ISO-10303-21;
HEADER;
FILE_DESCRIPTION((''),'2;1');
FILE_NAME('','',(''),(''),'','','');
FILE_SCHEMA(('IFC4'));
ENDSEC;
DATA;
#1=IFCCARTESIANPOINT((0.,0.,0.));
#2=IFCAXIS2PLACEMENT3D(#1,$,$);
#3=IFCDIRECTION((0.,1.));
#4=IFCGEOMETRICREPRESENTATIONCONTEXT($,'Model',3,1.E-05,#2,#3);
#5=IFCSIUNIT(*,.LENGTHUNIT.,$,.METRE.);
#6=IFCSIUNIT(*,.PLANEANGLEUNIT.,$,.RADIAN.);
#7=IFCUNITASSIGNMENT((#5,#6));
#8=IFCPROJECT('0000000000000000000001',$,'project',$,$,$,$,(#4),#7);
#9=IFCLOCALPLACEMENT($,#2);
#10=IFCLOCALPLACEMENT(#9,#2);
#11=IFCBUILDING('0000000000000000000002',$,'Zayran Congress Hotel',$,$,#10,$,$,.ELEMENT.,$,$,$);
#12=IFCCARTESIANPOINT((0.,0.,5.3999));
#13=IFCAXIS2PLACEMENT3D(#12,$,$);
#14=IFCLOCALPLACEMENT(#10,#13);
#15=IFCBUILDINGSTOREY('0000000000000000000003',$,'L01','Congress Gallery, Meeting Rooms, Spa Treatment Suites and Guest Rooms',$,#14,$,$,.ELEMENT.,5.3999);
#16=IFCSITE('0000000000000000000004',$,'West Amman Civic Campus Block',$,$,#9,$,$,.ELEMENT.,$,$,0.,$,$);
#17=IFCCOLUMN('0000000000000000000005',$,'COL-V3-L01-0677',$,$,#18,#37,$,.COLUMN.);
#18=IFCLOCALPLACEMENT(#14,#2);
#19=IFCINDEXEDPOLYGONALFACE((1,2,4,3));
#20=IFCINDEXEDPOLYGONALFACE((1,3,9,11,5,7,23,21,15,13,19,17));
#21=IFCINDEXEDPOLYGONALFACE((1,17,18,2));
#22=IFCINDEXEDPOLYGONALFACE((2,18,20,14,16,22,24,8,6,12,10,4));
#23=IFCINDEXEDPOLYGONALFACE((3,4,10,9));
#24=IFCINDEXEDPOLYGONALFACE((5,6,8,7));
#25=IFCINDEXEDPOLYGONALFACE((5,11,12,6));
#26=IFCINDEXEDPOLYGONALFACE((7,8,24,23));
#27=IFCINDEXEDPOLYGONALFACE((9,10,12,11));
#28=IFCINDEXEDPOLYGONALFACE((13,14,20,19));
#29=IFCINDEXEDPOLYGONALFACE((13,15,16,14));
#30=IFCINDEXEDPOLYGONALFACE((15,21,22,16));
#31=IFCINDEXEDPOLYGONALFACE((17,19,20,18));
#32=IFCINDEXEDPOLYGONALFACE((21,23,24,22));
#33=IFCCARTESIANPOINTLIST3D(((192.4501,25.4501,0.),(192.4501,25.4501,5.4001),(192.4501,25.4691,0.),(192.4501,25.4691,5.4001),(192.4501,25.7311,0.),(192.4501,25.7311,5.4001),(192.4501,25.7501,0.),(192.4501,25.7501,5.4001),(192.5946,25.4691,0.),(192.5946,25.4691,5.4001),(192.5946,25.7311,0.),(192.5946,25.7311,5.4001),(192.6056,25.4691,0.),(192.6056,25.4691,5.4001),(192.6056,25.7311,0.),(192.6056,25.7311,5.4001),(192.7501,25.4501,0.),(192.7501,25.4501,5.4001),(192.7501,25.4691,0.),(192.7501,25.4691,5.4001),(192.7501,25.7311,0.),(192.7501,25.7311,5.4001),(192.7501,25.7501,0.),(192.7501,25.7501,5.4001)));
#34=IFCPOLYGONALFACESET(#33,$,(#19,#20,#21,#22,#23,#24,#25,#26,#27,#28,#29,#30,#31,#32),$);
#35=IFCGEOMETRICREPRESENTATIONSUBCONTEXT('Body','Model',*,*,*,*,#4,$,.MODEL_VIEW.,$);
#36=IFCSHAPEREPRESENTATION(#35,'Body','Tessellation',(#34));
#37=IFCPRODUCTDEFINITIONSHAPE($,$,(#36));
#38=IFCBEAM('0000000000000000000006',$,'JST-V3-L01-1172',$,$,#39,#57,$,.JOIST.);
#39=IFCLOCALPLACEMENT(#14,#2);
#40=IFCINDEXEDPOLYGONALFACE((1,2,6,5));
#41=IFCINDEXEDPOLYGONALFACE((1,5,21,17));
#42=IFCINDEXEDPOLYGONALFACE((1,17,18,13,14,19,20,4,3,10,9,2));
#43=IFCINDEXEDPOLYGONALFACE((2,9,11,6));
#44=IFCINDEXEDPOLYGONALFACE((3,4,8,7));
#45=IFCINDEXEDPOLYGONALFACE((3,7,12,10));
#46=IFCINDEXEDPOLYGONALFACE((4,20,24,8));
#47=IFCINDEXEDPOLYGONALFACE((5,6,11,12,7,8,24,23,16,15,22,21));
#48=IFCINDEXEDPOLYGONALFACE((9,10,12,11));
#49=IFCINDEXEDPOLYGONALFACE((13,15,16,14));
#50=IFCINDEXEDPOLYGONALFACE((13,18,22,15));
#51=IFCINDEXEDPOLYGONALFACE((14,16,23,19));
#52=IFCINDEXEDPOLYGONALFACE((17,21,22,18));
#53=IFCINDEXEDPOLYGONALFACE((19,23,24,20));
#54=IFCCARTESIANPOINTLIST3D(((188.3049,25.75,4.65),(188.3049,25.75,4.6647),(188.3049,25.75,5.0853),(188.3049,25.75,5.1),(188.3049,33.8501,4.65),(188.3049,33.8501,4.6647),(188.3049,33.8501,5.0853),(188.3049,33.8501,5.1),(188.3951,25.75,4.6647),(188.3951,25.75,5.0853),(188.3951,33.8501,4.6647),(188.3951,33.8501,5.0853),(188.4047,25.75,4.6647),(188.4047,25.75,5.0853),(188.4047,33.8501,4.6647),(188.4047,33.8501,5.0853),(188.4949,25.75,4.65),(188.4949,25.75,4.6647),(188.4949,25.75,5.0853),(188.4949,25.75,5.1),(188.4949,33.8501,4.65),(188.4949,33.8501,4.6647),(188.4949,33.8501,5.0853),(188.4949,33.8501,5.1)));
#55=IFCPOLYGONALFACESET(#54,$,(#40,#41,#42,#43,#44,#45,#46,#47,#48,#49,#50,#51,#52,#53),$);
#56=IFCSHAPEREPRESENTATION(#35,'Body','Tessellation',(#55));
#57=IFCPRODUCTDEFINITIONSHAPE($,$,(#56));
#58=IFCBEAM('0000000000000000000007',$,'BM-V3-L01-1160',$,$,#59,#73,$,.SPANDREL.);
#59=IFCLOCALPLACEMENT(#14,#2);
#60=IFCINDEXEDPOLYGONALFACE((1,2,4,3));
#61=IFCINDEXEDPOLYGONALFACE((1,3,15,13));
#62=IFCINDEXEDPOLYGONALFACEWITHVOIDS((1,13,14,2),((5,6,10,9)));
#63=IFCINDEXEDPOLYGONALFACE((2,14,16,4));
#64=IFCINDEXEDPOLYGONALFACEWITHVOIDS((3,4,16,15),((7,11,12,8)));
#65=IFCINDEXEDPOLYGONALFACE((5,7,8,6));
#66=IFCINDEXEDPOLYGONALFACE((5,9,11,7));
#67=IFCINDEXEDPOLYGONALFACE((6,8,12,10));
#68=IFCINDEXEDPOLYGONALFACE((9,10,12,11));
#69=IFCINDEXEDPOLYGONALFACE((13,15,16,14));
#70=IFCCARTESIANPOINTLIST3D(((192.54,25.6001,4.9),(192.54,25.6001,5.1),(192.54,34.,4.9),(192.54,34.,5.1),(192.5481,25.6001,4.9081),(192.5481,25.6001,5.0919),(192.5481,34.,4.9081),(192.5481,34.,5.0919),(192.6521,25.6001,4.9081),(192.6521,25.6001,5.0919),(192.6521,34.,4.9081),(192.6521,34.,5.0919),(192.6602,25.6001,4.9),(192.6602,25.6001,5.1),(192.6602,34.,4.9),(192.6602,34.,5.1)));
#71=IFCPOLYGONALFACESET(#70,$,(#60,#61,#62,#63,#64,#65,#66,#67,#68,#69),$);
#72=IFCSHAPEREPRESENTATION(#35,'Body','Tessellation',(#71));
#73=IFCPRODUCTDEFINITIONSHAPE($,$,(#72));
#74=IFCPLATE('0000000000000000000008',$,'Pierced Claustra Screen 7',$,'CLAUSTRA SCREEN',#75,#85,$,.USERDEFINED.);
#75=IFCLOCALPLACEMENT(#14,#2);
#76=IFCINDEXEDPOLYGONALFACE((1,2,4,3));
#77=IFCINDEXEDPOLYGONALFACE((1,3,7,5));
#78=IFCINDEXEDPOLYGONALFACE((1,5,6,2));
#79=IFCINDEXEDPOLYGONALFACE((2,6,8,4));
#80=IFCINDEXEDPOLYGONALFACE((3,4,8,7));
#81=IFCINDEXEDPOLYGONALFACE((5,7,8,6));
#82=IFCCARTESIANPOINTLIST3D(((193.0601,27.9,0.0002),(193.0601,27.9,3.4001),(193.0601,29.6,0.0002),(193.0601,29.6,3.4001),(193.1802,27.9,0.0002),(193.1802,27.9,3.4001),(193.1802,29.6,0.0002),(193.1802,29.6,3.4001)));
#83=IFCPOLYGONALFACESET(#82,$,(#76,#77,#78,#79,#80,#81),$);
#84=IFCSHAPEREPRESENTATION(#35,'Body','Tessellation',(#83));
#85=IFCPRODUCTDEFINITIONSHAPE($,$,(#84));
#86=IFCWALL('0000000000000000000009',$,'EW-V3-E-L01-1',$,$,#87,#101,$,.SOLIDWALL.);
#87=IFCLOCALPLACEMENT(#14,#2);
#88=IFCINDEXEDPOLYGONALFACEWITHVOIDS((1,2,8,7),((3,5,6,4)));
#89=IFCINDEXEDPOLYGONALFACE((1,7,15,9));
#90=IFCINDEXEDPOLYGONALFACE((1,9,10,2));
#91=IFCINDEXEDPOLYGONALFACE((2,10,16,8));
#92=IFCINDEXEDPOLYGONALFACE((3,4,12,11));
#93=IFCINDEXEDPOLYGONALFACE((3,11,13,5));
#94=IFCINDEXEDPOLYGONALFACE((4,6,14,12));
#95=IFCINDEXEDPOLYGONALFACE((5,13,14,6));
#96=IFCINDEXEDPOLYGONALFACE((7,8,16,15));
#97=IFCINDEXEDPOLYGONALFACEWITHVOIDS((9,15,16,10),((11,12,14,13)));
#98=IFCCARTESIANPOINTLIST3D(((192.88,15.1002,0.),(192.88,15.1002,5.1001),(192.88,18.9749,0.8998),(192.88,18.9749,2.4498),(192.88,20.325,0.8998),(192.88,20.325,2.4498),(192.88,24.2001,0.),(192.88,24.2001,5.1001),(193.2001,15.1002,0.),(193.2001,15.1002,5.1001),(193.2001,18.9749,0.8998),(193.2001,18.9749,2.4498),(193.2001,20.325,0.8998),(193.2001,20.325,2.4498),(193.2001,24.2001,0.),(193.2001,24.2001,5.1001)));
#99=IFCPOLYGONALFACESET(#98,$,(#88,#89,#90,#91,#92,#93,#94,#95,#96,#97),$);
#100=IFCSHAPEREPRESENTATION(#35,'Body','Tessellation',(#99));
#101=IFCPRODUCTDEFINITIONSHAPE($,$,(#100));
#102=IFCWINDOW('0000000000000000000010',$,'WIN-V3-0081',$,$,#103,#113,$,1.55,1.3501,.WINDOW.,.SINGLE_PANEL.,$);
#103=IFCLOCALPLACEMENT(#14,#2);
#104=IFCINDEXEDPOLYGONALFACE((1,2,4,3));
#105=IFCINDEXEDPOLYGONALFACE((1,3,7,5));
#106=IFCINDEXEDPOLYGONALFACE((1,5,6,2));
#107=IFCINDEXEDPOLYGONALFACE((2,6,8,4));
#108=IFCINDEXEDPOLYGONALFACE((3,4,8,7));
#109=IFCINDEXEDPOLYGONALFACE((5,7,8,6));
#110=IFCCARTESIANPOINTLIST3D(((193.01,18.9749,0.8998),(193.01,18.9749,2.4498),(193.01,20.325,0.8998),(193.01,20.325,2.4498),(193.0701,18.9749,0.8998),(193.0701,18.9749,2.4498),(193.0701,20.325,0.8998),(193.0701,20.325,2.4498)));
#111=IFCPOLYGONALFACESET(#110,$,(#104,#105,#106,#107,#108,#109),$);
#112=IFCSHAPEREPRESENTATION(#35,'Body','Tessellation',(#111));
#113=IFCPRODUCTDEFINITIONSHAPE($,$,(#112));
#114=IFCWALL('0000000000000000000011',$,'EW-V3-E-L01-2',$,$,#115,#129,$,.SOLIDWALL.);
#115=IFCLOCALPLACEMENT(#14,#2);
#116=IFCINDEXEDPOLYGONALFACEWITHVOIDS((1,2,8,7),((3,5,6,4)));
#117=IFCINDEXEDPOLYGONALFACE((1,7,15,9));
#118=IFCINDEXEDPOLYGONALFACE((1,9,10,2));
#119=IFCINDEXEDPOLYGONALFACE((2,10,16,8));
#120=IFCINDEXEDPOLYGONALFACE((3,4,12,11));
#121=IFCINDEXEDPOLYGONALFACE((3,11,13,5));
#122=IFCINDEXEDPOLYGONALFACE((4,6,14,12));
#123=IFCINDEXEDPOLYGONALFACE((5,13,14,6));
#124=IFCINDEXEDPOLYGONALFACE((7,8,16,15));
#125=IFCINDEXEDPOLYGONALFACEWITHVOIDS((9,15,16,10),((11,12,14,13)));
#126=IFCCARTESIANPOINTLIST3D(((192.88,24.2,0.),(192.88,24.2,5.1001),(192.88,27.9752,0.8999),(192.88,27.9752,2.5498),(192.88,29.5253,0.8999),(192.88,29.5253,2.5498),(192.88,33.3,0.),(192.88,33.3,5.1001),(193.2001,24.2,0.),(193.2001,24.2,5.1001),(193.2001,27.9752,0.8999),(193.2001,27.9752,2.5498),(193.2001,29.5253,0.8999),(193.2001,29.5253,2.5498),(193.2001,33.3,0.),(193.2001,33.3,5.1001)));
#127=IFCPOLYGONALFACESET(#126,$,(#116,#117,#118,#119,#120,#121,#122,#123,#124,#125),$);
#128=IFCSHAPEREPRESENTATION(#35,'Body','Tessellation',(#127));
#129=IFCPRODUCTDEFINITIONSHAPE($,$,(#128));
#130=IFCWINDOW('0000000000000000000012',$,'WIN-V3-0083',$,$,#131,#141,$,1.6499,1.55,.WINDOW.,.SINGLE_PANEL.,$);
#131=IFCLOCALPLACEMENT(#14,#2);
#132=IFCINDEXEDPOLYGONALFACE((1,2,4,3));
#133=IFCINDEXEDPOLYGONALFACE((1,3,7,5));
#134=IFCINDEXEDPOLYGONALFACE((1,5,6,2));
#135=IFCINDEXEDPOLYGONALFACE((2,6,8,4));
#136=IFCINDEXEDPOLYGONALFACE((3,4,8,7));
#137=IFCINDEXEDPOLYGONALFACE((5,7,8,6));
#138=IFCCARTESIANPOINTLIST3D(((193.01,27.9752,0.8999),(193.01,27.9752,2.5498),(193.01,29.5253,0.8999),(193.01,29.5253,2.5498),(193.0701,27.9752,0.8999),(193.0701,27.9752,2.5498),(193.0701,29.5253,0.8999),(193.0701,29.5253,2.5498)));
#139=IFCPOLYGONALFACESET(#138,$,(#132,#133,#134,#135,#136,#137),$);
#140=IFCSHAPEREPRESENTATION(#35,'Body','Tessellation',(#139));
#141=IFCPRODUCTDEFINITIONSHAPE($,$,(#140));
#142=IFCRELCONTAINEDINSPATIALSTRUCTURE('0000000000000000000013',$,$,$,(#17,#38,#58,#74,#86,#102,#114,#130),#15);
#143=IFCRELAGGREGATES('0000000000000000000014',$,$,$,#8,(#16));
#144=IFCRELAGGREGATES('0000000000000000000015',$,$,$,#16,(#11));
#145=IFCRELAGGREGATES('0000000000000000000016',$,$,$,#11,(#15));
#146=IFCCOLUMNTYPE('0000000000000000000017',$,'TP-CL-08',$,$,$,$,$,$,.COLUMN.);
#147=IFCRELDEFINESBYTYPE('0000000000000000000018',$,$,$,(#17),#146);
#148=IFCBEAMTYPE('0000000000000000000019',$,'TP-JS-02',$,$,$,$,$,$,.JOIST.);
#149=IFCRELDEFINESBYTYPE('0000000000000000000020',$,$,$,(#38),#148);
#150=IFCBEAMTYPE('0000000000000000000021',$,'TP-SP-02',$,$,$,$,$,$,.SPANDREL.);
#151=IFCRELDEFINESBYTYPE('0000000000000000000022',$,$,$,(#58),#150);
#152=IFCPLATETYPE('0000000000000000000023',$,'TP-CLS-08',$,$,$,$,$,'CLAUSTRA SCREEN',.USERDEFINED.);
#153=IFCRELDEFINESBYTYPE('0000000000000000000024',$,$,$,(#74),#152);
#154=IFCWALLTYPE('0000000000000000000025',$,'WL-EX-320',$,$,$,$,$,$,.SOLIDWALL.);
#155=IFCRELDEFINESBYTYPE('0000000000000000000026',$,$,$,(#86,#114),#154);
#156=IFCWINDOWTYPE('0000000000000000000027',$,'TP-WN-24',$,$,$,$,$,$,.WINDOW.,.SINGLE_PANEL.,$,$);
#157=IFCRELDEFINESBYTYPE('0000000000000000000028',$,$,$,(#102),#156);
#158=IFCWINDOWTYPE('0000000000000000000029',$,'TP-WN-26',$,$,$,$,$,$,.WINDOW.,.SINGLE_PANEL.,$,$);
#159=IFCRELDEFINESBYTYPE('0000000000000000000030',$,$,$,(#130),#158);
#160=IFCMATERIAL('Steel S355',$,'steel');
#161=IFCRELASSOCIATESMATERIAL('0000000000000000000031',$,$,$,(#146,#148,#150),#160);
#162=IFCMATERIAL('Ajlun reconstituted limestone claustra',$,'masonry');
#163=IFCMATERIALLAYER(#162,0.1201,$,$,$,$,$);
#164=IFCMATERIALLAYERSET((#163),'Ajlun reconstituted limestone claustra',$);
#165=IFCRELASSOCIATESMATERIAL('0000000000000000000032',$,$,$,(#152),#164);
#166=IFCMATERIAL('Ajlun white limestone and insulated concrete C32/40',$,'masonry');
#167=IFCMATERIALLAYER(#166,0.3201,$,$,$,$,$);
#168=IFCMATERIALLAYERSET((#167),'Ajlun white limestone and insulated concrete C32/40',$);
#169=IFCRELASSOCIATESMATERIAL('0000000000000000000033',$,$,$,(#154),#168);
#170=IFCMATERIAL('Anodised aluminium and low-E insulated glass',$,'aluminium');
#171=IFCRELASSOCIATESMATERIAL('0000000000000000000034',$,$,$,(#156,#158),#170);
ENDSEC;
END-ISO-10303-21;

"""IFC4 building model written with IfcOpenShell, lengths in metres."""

from ifc_helpers import new_model, si_unit, direction, frame, frame_2d, origin, origin_2d, place, context, subcontext, project, spatial, rectangle, hollow_rectangle, i_section, extrude, material, layer, layer_set, material_profile, profile_set, type_object, element, fill, save


model = new_model("IFC4")

# Units and contexts
model_context = context("Model", 3, precision=1e-05, world=origin(), true_north=direction((0.0, 1.0)))
body_context = subcontext(model_context, "Body", "Model", "MODEL_VIEW")
ifc_project = project(units=[si_unit("LENGTHUNIT", "METRE"), si_unit("PLANEANGLEUNIT", "RADIAN")], contexts=[model_context])

# Site, building, storey
site_placement = place(None, origin())
site = spatial("IfcSite", under=ifc_project, at=site_placement, Name="West Amman Civic Campus Block", CompositionType="ELEMENT", RefElevation=0.0)
building_placement = place(site_placement, origin())
building = spatial("IfcBuilding", under=site, at=building_placement, Name="Zayran Congress Hotel", CompositionType="ELEMENT")
storey_placement = place(building_placement, frame((0.0, 0.0, 5.3999)))
storey = spatial("IfcBuildingStorey", under=building, at=storey_placement, Name="L01", Description="Congress Gallery, Meeting Rooms, Spa Treatment Suites and Guest Rooms", CompositionType="ELEMENT", Elevation=5.3999)

# Column
ifc_material_1 = material(Name="Steel S355", Category="steel")
ifc_material_profile_1 = material_profile(ifc_material_1, i_section(OverallWidth=0.3, OverallDepth=0.3, WebThickness=0.011, FlangeThickness=0.019, at=origin_2d()), Name="HEB 300")
ifc_profile_set_1 = profile_set([ifc_material_profile_1], Name="Steel S355")
column_type = type_object("IfcColumnType", Name="TP-CL-08", PredefinedType="COLUMN", material=ifc_profile_set_1)
column_placement = place(storey_placement, frame((192.6001, 25.6001, 0.0), z_axis=(0.0, 0.0, 1.0), x_axis=(1.0, 0.0, 0.0)))
element("IfcColumn", 1, at=column_placement, inside=storey, type_object=column_type, Name="COL-V3-L01-0677", PredefinedType="COLUMN", context=body_context, shape_type="SweptSolid", body=[
    extrude(i_section(OverallWidth=0.3, OverallDepth=0.3, WebThickness=0.011, FlangeThickness=0.019, at=origin_2d()), origin(), (0.0, 0.0, 1.0), 5.4001),
])

# Beams
ifc_material_profile_2 = material_profile(ifc_material_1, i_section(OverallWidth=0.1899, OverallDepth=0.45, WebThickness=0.0095, FlangeThickness=0.0146, at=origin_2d()), Name="IPE 450")
ifc_profile_set_2 = profile_set([ifc_material_profile_2], Name="Steel S355")
beam_type_1 = type_object("IfcBeamType", Name="TP-JS-02", PredefinedType="JOIST", material=ifc_profile_set_2)
beam_1_placement = place(storey_placement, frame((188.3999, 25.75, 4.875), z_axis=(0.0, 1.0, 0.0), x_axis=(-1.0, 0.0, 0.0)))
element("IfcBeam", 2, at=beam_1_placement, inside=storey, type_object=beam_type_1, Name="JST-V3-L01-1172", PredefinedType="JOIST", context=body_context, shape_type="SweptSolid", body=[
    extrude(i_section(OverallWidth=0.1899, OverallDepth=0.45, WebThickness=0.0095, FlangeThickness=0.0146, at=origin_2d()), origin(), (0.0, 0.0, 1.0), 8.1001),
])
ifc_material_profile_3 = material_profile(ifc_material_1, hollow_rectangle(XDim=0.1201, YDim=0.2, WallThickness=0.0081, at=origin_2d()), Name="RHS 200x120x8")
ifc_profile_set_3 = profile_set([ifc_material_profile_3], Name="Steel S355")
beam_type_2 = type_object("IfcBeamType", Name="TP-SP-02", PredefinedType="SPANDREL", material=ifc_profile_set_3)
beam_2_placement = place(storey_placement, frame((192.6001, 25.6001, 5.0), z_axis=(0.0, 1.0, 0.0), x_axis=(-1.0, 0.0, 0.0)))
element("IfcBeam", 3, at=beam_2_placement, inside=storey, type_object=beam_type_2, Name="BM-V3-L01-1160", PredefinedType="SPANDREL", context=body_context, shape_type="SweptSolid", body=[
    extrude(hollow_rectangle(XDim=0.1201, YDim=0.2, WallThickness=0.0081, at=origin_2d()), origin(), (0.0, 0.0, 1.0), 8.3999),
])

# Plate
ifc_material_2 = material(Name="Ajlun reconstituted limestone claustra", Category="masonry")
ifc_layer_1 = layer(ifc_material_2, 0.1201)
ifc_layer_set_1 = layer_set([ifc_layer_1], Name="Ajlun reconstituted limestone claustra")
plate_type = type_object("IfcPlateType", Name="TP-CLS-08", ElementType="CLAUSTRA SCREEN", PredefinedType="USERDEFINED", material=ifc_layer_set_1)
plate_placement = place(storey_placement, frame((193.1201, 28.75, 0.0002), z_axis=(0.0, 0.0, 1.0), x_axis=(0.0, 1.0, 0.0)))
element("IfcPlate", 4, at=plate_placement, inside=storey, type_object=plate_type, Name="Pierced Claustra Screen 7", ObjectType="CLAUSTRA SCREEN", PredefinedType="USERDEFINED", context=body_context, shape_type="SweptSolid", body=[
    extrude(rectangle(XDim=1.7, YDim=0.1201, at=origin_2d()), origin(), (0.0, 0.0, 1.0), 3.3999),
])

# Walls, openings, windows
ifc_material_3 = material(Name="Ajlun white limestone and insulated concrete C32/40", Category="masonry")
ifc_layer_2 = layer(ifc_material_3, 0.3201)
ifc_layer_set_2 = layer_set([ifc_layer_2], Name="Ajlun white limestone and insulated concrete C32/40")
wall_type_1 = type_object("IfcWallType", Name="WL-EX-320", PredefinedType="SOLIDWALL", material=ifc_layer_set_2)
wall_1_placement = place(storey_placement, frame((193.04, 24.2, 0.0), z_axis=(0.0, 0.0, 1.0), x_axis=(0.0, -1.0, 0.0)))
wall_1 = element("IfcWall", 5, at=wall_1_placement, inside=storey, type_object=wall_type_1, Name="EW-V3-E-L01-1", PredefinedType="SOLIDWALL", context=body_context, shape_type="SweptSolid", body=[
    extrude(rectangle(XDim=9.0999, YDim=0.3201, at=frame_2d((4.5498, 0.0))), origin(), (0.0, 0.0, 1.0), 5.1001),
])
opening_1_placement = place(wall_1_placement, frame((3.875, 0.0, 0.8999)))
opening_1 = element("IfcOpeningElement", 6, at=opening_1_placement, cuts=wall_1, PredefinedType="OPENING", context=body_context, shape_type="SweptSolid", body=[
    extrude(rectangle(XDim=1.3501, YDim=1.55, at=frame_2d((0.675, 0.7749))), frame((0.0, 0.1699, 0.0), z_axis=(0.0, -1.0, 0.0), x_axis=(1.0, 0.0, 0.0)), (0.0, 0.0, 1.0), 0.3401),
])
ifc_material_4 = material(Name="Anodised aluminium and low-E insulated glass", Category="aluminium")
window_type_1 = type_object("IfcWindowType", Name="TP-WN-24", PartitioningType="SINGLE_PANEL", PredefinedType="WINDOW", material=ifc_material_4)
window_1_placement = place(opening_1_placement, origin())
window_1 = element("IfcWindow", 7, at=window_1_placement, inside=storey, type_object=window_type_1, Name="WIN-V3-0081", OverallHeight=1.55, OverallWidth=1.3501, PartitioningType="SINGLE_PANEL", PredefinedType="WINDOW", context=body_context, shape_type="SweptSolid", body=[
    extrude(rectangle(XDim=1.3501, YDim=1.55, at=frame_2d((0.675, 0.7749))), frame((0.0, 0.03, 0.0), z_axis=(0.0, -1.0, 0.0), x_axis=(1.0, 0.0, 0.0)), (0.0, 0.0, 1.0), 0.0601),
])
fill(opening_1, window_1)
wall_2_placement = place(storey_placement, frame((193.04, 33.3, 0.0), z_axis=(0.0, 0.0, 1.0), x_axis=(0.0, -1.0, 0.0)))
wall_2 = element("IfcWall", 8, at=wall_2_placement, inside=storey, type_object=wall_type_1, Name="EW-V3-E-L01-2", PredefinedType="SOLIDWALL", context=body_context, shape_type="SweptSolid", body=[
    extrude(rectangle(XDim=9.1001, YDim=0.3201, at=frame_2d((4.55, 0.0))), origin(), (0.0, 0.0, 1.0), 5.1001),
])
opening_2_placement = place(wall_2_placement, frame((3.7749, 0.0, 0.8999)))
opening_2 = element("IfcOpeningElement", 9, at=opening_2_placement, cuts=wall_2, PredefinedType="OPENING", context=body_context, shape_type="SweptSolid", body=[
    extrude(rectangle(XDim=1.55, YDim=1.6499, at=frame_2d((0.7749, 0.825))), frame((0.0, 0.1699, 0.0), z_axis=(0.0, -1.0, 0.0), x_axis=(1.0, 0.0, 0.0)), (0.0, 0.0, 1.0), 0.3401),
])
window_type_2 = type_object("IfcWindowType", Name="TP-WN-26", PartitioningType="SINGLE_PANEL", PredefinedType="WINDOW", material=ifc_material_4)
window_2_placement = place(opening_2_placement, origin())
window_2 = element("IfcWindow", 10, at=window_2_placement, inside=storey, type_object=window_type_2, Name="WIN-V3-0083", OverallHeight=1.6499, OverallWidth=1.55, PartitioningType="SINGLE_PANEL", PredefinedType="WINDOW", context=body_context, shape_type="SweptSolid", body=[
    extrude(rectangle(XDim=1.55, YDim=1.6499, at=frame_2d((0.7749, 0.825))), frame((0.0, 0.03, 0.0), z_axis=(0.0, -1.0, 0.0), x_axis=(1.0, 0.0, 0.0)), (0.0, 0.0, 1.0), 0.0601),
])
fill(opening_2, window_2)

save(model, "model.ifc")
